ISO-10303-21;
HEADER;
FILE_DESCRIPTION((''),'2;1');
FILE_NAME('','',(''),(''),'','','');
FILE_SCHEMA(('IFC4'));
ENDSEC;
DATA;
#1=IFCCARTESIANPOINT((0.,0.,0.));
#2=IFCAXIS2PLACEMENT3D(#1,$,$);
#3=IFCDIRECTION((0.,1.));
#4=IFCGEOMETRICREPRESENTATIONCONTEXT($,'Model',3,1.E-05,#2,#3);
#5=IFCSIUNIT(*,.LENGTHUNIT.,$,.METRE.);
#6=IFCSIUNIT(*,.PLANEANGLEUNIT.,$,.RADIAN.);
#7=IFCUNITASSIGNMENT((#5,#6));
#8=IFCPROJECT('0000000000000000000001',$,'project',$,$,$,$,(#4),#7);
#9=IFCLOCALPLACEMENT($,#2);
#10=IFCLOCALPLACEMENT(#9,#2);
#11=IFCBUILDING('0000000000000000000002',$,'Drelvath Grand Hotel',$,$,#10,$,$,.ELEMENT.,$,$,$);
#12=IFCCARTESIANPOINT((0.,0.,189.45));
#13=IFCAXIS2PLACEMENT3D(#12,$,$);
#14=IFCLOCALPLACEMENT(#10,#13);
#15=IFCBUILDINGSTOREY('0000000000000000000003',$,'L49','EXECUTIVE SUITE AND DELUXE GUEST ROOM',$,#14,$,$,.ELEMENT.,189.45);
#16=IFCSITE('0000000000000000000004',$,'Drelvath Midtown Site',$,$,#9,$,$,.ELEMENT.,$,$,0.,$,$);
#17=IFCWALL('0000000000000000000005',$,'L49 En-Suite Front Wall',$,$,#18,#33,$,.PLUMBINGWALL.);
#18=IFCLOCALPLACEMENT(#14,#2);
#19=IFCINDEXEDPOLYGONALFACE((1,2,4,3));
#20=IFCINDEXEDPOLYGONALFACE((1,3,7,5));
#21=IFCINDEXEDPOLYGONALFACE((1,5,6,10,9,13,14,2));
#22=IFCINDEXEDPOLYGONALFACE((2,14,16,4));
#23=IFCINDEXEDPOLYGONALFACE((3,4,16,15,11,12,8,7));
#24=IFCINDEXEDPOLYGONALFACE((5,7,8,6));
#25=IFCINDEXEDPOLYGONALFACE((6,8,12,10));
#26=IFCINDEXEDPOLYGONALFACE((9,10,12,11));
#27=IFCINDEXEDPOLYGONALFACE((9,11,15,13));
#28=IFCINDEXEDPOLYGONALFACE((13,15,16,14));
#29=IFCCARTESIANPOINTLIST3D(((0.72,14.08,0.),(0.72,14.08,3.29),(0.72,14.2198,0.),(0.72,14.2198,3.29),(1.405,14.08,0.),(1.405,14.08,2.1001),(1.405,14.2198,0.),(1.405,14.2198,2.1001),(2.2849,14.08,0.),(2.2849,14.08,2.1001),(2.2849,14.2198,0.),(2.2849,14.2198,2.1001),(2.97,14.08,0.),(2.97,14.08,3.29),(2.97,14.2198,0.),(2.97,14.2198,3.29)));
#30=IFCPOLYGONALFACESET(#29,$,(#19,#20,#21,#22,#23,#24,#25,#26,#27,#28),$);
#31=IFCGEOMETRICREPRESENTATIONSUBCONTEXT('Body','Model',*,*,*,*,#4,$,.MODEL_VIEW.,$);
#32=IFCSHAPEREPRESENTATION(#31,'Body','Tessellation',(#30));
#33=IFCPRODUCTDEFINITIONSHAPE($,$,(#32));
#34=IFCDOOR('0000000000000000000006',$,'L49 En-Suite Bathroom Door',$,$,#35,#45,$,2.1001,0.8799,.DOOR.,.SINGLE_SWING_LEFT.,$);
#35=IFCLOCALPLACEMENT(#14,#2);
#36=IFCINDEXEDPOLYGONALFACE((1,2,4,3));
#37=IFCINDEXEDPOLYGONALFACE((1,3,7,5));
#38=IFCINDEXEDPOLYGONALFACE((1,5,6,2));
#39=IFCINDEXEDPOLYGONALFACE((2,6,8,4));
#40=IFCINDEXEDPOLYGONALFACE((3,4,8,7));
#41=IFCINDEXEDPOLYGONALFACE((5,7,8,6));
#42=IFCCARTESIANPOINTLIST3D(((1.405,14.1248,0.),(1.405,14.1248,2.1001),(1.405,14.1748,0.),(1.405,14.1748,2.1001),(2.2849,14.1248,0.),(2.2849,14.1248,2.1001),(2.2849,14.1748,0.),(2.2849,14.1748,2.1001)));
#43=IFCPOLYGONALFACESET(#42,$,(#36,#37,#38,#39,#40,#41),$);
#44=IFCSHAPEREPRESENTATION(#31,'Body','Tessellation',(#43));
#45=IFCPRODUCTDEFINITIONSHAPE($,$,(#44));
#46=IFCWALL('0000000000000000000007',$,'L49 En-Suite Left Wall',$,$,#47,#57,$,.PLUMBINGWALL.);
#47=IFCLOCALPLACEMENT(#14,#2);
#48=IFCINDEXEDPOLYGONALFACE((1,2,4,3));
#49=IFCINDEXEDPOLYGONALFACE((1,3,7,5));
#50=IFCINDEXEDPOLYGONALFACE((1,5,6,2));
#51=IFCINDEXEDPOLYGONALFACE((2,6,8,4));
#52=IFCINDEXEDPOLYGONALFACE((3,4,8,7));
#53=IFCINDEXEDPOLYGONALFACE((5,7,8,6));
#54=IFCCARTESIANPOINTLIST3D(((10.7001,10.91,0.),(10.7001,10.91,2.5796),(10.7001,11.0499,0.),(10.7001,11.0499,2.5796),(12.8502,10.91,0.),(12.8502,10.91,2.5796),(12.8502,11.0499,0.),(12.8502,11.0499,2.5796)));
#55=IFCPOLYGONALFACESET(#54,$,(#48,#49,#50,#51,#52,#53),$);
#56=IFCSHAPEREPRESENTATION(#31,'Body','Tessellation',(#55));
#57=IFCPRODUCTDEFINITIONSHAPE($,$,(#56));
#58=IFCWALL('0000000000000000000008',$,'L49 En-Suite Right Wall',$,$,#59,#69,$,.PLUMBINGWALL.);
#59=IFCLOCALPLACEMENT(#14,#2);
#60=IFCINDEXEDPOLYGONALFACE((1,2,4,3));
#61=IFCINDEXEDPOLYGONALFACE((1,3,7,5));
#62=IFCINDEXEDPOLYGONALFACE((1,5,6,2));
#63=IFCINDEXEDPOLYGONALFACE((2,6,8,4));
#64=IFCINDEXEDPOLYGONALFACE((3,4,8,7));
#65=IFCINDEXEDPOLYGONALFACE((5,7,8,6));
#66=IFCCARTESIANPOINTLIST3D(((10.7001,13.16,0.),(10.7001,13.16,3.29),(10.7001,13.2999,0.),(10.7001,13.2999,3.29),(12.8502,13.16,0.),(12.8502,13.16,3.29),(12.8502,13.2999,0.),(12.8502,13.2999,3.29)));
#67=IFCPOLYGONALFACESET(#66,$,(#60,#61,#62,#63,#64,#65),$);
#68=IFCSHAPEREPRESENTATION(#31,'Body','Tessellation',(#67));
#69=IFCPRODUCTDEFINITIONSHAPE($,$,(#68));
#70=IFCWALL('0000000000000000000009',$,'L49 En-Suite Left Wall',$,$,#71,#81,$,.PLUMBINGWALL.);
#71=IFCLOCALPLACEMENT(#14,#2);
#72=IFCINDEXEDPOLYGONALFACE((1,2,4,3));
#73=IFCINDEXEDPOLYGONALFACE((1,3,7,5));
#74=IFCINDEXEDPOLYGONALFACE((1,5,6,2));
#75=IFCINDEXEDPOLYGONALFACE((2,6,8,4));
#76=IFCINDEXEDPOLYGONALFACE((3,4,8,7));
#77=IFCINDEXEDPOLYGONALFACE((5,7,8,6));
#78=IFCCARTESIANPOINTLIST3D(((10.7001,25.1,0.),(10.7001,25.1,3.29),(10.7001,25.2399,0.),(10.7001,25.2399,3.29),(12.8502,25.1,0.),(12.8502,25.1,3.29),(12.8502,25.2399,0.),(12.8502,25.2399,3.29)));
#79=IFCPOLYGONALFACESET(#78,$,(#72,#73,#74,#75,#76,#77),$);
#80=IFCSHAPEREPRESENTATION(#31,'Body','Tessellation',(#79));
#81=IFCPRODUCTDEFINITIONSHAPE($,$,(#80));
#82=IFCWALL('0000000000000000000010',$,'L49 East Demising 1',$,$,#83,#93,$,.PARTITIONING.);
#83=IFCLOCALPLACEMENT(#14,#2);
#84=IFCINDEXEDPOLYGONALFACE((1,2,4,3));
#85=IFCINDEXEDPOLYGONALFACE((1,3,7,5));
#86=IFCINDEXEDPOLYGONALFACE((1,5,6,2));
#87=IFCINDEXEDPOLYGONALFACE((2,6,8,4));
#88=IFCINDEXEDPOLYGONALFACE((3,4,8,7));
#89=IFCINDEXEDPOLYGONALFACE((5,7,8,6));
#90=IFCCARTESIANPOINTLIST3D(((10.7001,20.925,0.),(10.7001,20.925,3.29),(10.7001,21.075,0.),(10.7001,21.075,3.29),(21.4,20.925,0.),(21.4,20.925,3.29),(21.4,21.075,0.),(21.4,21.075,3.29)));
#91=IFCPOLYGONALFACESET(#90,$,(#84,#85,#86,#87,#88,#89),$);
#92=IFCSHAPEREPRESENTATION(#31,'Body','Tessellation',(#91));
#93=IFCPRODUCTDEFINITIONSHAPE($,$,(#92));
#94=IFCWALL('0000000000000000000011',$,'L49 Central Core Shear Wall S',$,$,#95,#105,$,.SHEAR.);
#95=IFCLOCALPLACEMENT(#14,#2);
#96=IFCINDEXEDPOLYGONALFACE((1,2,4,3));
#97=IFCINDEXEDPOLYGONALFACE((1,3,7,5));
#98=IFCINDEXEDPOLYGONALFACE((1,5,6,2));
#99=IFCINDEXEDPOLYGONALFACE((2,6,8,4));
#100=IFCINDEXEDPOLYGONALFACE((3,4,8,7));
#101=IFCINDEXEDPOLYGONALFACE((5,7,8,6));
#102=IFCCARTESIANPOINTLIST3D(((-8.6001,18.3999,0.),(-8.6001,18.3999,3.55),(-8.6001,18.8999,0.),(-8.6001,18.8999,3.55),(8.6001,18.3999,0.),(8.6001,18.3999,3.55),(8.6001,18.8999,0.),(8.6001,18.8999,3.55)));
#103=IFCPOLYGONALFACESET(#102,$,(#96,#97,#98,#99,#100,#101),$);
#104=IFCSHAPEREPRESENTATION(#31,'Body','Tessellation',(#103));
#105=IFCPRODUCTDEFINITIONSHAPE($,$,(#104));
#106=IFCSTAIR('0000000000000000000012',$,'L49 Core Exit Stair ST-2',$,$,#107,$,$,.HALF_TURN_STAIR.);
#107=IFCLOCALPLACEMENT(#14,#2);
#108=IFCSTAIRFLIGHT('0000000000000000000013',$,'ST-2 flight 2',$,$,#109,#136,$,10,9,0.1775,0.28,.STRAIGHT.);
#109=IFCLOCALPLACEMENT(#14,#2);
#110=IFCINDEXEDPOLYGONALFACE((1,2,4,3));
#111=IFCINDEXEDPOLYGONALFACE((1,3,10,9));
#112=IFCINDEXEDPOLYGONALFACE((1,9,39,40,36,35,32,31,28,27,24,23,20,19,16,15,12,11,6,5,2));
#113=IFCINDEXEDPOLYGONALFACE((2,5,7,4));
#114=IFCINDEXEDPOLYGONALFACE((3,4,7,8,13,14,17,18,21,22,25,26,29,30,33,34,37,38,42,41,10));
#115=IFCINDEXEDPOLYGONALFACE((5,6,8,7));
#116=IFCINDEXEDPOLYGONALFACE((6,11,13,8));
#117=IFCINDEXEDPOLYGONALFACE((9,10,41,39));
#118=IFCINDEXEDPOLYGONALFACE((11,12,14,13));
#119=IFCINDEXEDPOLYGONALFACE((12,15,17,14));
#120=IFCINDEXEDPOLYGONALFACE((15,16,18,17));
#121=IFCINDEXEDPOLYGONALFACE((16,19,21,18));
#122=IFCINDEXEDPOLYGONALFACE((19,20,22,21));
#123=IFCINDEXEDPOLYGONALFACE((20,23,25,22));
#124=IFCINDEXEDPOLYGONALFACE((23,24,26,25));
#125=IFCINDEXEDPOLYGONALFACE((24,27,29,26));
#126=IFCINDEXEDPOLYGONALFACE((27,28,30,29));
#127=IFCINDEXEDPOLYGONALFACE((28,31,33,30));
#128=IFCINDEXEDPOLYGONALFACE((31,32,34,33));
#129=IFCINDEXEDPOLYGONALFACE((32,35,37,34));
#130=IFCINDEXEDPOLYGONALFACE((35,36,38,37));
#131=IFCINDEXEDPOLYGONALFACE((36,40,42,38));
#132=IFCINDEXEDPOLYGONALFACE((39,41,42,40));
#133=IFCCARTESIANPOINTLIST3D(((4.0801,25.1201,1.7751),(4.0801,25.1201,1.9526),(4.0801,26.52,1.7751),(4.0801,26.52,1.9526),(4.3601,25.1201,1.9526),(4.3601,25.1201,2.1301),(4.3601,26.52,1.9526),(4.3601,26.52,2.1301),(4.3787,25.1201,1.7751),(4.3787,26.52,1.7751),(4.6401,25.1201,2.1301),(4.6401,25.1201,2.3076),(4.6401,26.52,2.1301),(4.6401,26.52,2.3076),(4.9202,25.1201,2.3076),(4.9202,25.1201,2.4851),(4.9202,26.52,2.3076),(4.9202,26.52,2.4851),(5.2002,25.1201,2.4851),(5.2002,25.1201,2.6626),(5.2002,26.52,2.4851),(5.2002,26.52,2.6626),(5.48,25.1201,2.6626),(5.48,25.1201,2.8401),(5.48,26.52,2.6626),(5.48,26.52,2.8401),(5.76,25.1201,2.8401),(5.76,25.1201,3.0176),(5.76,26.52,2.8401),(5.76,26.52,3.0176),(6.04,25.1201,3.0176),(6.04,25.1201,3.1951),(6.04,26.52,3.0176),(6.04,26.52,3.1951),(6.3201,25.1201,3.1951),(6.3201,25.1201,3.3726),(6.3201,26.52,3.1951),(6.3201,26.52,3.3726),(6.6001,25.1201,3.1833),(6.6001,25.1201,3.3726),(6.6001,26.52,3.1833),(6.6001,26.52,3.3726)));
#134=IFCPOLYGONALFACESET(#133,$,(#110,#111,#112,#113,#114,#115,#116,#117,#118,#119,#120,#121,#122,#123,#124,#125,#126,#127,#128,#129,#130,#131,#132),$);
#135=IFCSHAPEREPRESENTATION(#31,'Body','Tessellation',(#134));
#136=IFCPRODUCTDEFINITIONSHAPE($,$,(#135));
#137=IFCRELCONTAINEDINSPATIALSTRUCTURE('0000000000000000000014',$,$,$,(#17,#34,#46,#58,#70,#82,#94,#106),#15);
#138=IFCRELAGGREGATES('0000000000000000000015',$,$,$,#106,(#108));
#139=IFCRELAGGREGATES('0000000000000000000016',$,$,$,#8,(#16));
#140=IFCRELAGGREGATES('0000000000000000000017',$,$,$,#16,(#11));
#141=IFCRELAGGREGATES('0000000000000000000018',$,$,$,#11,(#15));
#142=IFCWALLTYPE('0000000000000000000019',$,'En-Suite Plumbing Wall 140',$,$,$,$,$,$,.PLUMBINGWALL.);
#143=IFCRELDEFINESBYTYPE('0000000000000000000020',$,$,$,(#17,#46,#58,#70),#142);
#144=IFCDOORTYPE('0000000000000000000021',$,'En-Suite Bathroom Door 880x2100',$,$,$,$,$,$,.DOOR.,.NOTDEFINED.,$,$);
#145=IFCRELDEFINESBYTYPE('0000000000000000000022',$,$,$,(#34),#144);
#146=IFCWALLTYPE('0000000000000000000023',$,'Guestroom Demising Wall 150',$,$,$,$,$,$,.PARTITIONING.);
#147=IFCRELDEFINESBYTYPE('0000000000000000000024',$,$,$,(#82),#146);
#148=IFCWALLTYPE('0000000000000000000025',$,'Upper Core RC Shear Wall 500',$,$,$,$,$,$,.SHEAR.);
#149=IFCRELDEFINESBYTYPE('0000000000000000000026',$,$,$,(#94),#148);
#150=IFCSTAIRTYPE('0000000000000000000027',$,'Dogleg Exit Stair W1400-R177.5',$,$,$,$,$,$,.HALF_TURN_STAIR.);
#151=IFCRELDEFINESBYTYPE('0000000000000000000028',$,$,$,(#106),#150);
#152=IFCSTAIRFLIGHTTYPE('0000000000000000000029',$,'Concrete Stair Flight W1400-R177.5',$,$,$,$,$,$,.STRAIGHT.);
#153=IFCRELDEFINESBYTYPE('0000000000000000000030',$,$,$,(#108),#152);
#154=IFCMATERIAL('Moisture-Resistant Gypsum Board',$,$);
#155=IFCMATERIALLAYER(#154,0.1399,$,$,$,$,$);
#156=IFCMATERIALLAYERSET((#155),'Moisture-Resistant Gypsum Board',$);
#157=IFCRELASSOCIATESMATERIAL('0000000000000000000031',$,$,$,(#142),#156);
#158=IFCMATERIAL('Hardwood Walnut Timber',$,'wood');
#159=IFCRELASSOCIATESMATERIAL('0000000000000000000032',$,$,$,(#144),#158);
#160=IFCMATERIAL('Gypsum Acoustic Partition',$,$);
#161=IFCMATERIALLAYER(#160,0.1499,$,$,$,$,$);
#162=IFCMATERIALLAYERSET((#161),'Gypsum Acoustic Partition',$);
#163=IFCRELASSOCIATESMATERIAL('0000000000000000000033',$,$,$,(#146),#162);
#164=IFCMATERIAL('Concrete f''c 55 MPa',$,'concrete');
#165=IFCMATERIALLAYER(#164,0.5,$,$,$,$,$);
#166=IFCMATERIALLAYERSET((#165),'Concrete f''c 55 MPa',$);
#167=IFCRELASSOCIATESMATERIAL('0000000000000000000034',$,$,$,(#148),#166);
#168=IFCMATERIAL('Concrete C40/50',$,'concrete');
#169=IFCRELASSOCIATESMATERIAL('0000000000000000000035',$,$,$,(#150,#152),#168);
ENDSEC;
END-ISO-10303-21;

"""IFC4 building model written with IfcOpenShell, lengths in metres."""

from ifc_helpers import new_model, si_unit, direction, frame, frame_2d, origin, place, context, subcontext, project, spatial, polyline, rectangle, outline, extrude, material, layer, layer_set, type_object, element, fill, aggregate, save


model = new_model("IFC4")

# Units and contexts
model_context = context("Model", 3, precision=1e-05, world=origin(), true_north=direction((0.0, 1.0)))
body_context = subcontext(model_context, "Body", "Model", "MODEL_VIEW")
ifc_project = project(units=[si_unit("LENGTHUNIT", "METRE"), si_unit("PLANEANGLEUNIT", "RADIAN")], contexts=[model_context])

# Site, building, storey
site_placement = place(None, origin())
site = spatial("IfcSite", under=ifc_project, at=site_placement, Name="Drelvath Midtown Site", CompositionType="ELEMENT", RefElevation=0.0)
building_placement = place(site_placement, origin())
building = spatial("IfcBuilding", under=site, at=building_placement, Name="Drelvath Grand Hotel", CompositionType="ELEMENT")
storey_placement = place(building_placement, frame((0.0, 0.0, 189.45)))
storey = spatial("IfcBuildingStorey", under=building, at=storey_placement, Name="L49", Description="EXECUTIVE SUITE AND DELUXE GUEST ROOM", CompositionType="ELEMENT", Elevation=189.45)

# Shared definitions
ifc_material_1 = material(Name="Concrete f'c 55 MPa", Category="concrete")

# Shared definitions
ifc_material_2 = material(Name="Concrete C40/50", Category="concrete")

# Shared definitions
ifc_material_3 = material(Name="Moisture-Resistant Gypsum Board")
ifc_layer_1 = layer(ifc_material_3, 0.1399)
ifc_layer_set_1 = layer_set([ifc_layer_1], Name="Moisture-Resistant Gypsum Board")
wall_type_1 = type_object("IfcWallType", Name="En-Suite Plumbing Wall 140", PredefinedType="PLUMBINGWALL", material=ifc_layer_set_1)

# Wall, opening, door
wall_1_placement = place(storey_placement, frame((0.72, 14.1499, 0.0), z_axis=(0.0, 0.0, 1.0), x_axis=(1.0, 0.0, 0.0)))
wall_1 = element("IfcWall", 1, at=wall_1_placement, inside=storey, type_object=wall_type_1, Name="L49 En-Suite Front Wall", PredefinedType="PLUMBINGWALL", context=body_context, shape_type="SweptSolid", body=[
    extrude(rectangle(XDim=2.25, YDim=0.1399, at=frame_2d((1.125, 0.0))), origin(), (0.0, 0.0, 1.0), 3.29),
])
opening_1_placement = place(wall_1_placement, frame((0.6851, 0.0, 0.0)))
opening_1 = element("IfcOpeningElement", 2, at=opening_1_placement, cuts=wall_1, PredefinedType="OPENING", context=body_context, shape_type="SweptSolid", body=[
    extrude(rectangle(XDim=0.8799, YDim=2.1001, at=frame_2d((0.4399, 1.05))), frame((0.0, 0.0798, 0.0), z_axis=(0.0, -1.0, 0.0), x_axis=(1.0, 0.0, 0.0)), (0.0, 0.0, 1.0), 0.1599),
])
ifc_material_4 = material(Name="Hardwood Walnut Timber", Category="wood")
door_type_1 = type_object("IfcDoorType", Name="En-Suite Bathroom Door 880x2100", OperationType="NOTDEFINED", PredefinedType="DOOR", material=ifc_material_4)
door_1_placement = place(opening_1_placement, origin())
door_1 = element("IfcDoor", 3, at=door_1_placement, inside=storey, type_object=door_type_1, Name="L49 En-Suite Bathroom Door", OperationType="SINGLE_SWING_LEFT", OverallHeight=2.1001, OverallWidth=0.8799, PredefinedType="DOOR", context=body_context, shape_type="SweptSolid", body=[
    extrude(rectangle(XDim=0.8799, YDim=2.1001, at=frame_2d((0.4399, 1.05))), frame((0.0, 0.0249, 0.0), z_axis=(0.0, -1.0, 0.0), x_axis=(1.0, 0.0, 0.0)), (0.0, 0.0, 1.0), 0.05),
])
fill(opening_1, door_1)

# Walls
wall_2_placement = place(storey_placement, frame((10.7, 10.98, 0.0), z_axis=(0.0, 0.0, 1.0), x_axis=(1.0, 0.0, 0.0)))
element("IfcWall", 4, at=wall_2_placement, inside=storey, type_object=wall_type_1, Name="L49 En-Suite Left Wall", PredefinedType="PLUMBINGWALL", context=body_context, shape_type="SweptSolid", body=[
    extrude(rectangle(XDim=2.1501, YDim=0.1399, at=frame_2d((1.0752, 0.0))), origin(), (0.0, 0.0, 1.0), 2.5796),
])
for number, where, z_axis, x_axis, name in (
    (5, (10.7, 13.23, 0.0), (0.0, 0.0, 1.0), (1.0, 0.0, 0.0), "L49 En-Suite Right Wall"),
    (6, (10.7, 25.1699, 0.0), (0.0, 0.0, 1.0), (1.0, 0.0, 0.0), "L49 En-Suite Left Wall"),
):
    element("IfcWall", number, at=place(storey_placement, frame(where, z_axis=z_axis, x_axis=x_axis)), inside=storey, type_object=wall_type_1, Name=name, PredefinedType="PLUMBINGWALL", context=body_context, shape_type="SweptSolid", body=[
        extrude(rectangle(XDim=2.1501, YDim=0.1399, at=frame_2d((1.0752, 0.0))), origin(), (0.0, 0.0, 1.0), 3.29),
    ])
ifc_material_5 = material(Name="Gypsum Acoustic Partition")
ifc_layer_2 = layer(ifc_material_5, 0.1499)
ifc_layer_set_2 = layer_set([ifc_layer_2], Name="Gypsum Acoustic Partition")
wall_type_2 = type_object("IfcWallType", Name="Guestroom Demising Wall 150", PredefinedType="PARTITIONING", material=ifc_layer_set_2)
wall_3_placement = place(storey_placement, frame((10.7, 21.0, 0.0), z_axis=(0.0, 0.0, 1.0), x_axis=(1.0, 0.0, 0.0)))
element("IfcWall", 7, at=wall_3_placement, inside=storey, type_object=wall_type_2, Name="L49 East Demising 1", PredefinedType="PARTITIONING", context=body_context, shape_type="SweptSolid", body=[
    extrude(rectangle(XDim=10.7, YDim=0.1499, at=frame_2d((5.3501, 0.0))), origin(), (0.0, 0.0, 1.0), 3.29),
])
ifc_layer_3 = layer(ifc_material_1, 0.5)
ifc_layer_set_3 = layer_set([ifc_layer_3], Name="Concrete f'c 55 MPa")
wall_type_3 = type_object("IfcWallType", Name="Upper Core RC Shear Wall 500", PredefinedType="SHEAR", material=ifc_layer_set_3)
wall_4_placement = place(storey_placement, frame((8.6001, 18.6499, 0.0), z_axis=(0.0, 0.0, 1.0), x_axis=(-1.0, 0.0, 0.0)))
element("IfcWall", 8, at=wall_4_placement, inside=storey, type_object=wall_type_3, Name="L49 Central Core Shear Wall S", PredefinedType="SHEAR", context=body_context, shape_type="SweptSolid", body=[
    extrude(rectangle(XDim=17.2002, YDim=0.5, at=frame_2d((8.6001, 0.0))), origin(), (0.0, 0.0, 1.0), 3.55),
])

# Stair, stair flight
stair_type = type_object("IfcStairType", Name="Dogleg Exit Stair W1400-R177.5", PredefinedType="HALF_TURN_STAIR", material=ifc_material_2)
stair_placement = place(storey_placement, origin())
stair = element("IfcStair", 9, at=stair_placement, inside=storey, type_object=stair_type, Name="L49 Core Exit Stair ST-2", PredefinedType="HALF_TURN_STAIR")
stair_flight_type = type_object("IfcStairFlightType", Name="Concrete Stair Flight W1400-R177.5", PredefinedType="STRAIGHT", material=ifc_material_2)
stair_flight_placement = place(storey_placement, frame((4.0801, 25.8201, 1.7751), z_axis=(0.0, 0.0, 1.0), x_axis=(1.0, 0.0, 0.0)))
stair_flight = element("IfcStairFlight", 10, at=stair_flight_placement, type_object=stair_flight_type, Name="ST-2 flight 2", NumberOfRisers=10, NumberOfTreads=9, PredefinedType="STRAIGHT", RiserHeight=0.1775, TreadLength=0.28, context=body_context, shape_type="SweptSolid", body=[
    extrude(outline(polyline([(0.0, 0.0), (0.0, 0.1775), (0.28, 0.1775), (0.28, 0.355), (0.5601, 0.355), (0.5601, 0.5325), (0.8401, 0.5325), (0.8401, 0.71), (1.1201, 0.71), (1.1201, 0.8875), (1.3999, 0.8875), (1.3999, 1.0649), (1.6799, 1.0649), (1.6799, 1.2424), (1.96, 1.2424), (1.96, 1.4199), (2.24, 1.4199), (2.24, 1.5974), (2.52, 1.5974), (2.52, 1.7749), (2.52, 1.4082), (0.2986, 0.0), (0.0, 0.0)])), frame((0.0, 0.7, 0.0), z_axis=(0.0, -1.0, 0.0), x_axis=(1.0, 0.0, 0.0)), (0.0, 0.0, 1.0), 1.3999),
])
aggregate(stair, [stair_flight])

save(model, "model.ifc")
